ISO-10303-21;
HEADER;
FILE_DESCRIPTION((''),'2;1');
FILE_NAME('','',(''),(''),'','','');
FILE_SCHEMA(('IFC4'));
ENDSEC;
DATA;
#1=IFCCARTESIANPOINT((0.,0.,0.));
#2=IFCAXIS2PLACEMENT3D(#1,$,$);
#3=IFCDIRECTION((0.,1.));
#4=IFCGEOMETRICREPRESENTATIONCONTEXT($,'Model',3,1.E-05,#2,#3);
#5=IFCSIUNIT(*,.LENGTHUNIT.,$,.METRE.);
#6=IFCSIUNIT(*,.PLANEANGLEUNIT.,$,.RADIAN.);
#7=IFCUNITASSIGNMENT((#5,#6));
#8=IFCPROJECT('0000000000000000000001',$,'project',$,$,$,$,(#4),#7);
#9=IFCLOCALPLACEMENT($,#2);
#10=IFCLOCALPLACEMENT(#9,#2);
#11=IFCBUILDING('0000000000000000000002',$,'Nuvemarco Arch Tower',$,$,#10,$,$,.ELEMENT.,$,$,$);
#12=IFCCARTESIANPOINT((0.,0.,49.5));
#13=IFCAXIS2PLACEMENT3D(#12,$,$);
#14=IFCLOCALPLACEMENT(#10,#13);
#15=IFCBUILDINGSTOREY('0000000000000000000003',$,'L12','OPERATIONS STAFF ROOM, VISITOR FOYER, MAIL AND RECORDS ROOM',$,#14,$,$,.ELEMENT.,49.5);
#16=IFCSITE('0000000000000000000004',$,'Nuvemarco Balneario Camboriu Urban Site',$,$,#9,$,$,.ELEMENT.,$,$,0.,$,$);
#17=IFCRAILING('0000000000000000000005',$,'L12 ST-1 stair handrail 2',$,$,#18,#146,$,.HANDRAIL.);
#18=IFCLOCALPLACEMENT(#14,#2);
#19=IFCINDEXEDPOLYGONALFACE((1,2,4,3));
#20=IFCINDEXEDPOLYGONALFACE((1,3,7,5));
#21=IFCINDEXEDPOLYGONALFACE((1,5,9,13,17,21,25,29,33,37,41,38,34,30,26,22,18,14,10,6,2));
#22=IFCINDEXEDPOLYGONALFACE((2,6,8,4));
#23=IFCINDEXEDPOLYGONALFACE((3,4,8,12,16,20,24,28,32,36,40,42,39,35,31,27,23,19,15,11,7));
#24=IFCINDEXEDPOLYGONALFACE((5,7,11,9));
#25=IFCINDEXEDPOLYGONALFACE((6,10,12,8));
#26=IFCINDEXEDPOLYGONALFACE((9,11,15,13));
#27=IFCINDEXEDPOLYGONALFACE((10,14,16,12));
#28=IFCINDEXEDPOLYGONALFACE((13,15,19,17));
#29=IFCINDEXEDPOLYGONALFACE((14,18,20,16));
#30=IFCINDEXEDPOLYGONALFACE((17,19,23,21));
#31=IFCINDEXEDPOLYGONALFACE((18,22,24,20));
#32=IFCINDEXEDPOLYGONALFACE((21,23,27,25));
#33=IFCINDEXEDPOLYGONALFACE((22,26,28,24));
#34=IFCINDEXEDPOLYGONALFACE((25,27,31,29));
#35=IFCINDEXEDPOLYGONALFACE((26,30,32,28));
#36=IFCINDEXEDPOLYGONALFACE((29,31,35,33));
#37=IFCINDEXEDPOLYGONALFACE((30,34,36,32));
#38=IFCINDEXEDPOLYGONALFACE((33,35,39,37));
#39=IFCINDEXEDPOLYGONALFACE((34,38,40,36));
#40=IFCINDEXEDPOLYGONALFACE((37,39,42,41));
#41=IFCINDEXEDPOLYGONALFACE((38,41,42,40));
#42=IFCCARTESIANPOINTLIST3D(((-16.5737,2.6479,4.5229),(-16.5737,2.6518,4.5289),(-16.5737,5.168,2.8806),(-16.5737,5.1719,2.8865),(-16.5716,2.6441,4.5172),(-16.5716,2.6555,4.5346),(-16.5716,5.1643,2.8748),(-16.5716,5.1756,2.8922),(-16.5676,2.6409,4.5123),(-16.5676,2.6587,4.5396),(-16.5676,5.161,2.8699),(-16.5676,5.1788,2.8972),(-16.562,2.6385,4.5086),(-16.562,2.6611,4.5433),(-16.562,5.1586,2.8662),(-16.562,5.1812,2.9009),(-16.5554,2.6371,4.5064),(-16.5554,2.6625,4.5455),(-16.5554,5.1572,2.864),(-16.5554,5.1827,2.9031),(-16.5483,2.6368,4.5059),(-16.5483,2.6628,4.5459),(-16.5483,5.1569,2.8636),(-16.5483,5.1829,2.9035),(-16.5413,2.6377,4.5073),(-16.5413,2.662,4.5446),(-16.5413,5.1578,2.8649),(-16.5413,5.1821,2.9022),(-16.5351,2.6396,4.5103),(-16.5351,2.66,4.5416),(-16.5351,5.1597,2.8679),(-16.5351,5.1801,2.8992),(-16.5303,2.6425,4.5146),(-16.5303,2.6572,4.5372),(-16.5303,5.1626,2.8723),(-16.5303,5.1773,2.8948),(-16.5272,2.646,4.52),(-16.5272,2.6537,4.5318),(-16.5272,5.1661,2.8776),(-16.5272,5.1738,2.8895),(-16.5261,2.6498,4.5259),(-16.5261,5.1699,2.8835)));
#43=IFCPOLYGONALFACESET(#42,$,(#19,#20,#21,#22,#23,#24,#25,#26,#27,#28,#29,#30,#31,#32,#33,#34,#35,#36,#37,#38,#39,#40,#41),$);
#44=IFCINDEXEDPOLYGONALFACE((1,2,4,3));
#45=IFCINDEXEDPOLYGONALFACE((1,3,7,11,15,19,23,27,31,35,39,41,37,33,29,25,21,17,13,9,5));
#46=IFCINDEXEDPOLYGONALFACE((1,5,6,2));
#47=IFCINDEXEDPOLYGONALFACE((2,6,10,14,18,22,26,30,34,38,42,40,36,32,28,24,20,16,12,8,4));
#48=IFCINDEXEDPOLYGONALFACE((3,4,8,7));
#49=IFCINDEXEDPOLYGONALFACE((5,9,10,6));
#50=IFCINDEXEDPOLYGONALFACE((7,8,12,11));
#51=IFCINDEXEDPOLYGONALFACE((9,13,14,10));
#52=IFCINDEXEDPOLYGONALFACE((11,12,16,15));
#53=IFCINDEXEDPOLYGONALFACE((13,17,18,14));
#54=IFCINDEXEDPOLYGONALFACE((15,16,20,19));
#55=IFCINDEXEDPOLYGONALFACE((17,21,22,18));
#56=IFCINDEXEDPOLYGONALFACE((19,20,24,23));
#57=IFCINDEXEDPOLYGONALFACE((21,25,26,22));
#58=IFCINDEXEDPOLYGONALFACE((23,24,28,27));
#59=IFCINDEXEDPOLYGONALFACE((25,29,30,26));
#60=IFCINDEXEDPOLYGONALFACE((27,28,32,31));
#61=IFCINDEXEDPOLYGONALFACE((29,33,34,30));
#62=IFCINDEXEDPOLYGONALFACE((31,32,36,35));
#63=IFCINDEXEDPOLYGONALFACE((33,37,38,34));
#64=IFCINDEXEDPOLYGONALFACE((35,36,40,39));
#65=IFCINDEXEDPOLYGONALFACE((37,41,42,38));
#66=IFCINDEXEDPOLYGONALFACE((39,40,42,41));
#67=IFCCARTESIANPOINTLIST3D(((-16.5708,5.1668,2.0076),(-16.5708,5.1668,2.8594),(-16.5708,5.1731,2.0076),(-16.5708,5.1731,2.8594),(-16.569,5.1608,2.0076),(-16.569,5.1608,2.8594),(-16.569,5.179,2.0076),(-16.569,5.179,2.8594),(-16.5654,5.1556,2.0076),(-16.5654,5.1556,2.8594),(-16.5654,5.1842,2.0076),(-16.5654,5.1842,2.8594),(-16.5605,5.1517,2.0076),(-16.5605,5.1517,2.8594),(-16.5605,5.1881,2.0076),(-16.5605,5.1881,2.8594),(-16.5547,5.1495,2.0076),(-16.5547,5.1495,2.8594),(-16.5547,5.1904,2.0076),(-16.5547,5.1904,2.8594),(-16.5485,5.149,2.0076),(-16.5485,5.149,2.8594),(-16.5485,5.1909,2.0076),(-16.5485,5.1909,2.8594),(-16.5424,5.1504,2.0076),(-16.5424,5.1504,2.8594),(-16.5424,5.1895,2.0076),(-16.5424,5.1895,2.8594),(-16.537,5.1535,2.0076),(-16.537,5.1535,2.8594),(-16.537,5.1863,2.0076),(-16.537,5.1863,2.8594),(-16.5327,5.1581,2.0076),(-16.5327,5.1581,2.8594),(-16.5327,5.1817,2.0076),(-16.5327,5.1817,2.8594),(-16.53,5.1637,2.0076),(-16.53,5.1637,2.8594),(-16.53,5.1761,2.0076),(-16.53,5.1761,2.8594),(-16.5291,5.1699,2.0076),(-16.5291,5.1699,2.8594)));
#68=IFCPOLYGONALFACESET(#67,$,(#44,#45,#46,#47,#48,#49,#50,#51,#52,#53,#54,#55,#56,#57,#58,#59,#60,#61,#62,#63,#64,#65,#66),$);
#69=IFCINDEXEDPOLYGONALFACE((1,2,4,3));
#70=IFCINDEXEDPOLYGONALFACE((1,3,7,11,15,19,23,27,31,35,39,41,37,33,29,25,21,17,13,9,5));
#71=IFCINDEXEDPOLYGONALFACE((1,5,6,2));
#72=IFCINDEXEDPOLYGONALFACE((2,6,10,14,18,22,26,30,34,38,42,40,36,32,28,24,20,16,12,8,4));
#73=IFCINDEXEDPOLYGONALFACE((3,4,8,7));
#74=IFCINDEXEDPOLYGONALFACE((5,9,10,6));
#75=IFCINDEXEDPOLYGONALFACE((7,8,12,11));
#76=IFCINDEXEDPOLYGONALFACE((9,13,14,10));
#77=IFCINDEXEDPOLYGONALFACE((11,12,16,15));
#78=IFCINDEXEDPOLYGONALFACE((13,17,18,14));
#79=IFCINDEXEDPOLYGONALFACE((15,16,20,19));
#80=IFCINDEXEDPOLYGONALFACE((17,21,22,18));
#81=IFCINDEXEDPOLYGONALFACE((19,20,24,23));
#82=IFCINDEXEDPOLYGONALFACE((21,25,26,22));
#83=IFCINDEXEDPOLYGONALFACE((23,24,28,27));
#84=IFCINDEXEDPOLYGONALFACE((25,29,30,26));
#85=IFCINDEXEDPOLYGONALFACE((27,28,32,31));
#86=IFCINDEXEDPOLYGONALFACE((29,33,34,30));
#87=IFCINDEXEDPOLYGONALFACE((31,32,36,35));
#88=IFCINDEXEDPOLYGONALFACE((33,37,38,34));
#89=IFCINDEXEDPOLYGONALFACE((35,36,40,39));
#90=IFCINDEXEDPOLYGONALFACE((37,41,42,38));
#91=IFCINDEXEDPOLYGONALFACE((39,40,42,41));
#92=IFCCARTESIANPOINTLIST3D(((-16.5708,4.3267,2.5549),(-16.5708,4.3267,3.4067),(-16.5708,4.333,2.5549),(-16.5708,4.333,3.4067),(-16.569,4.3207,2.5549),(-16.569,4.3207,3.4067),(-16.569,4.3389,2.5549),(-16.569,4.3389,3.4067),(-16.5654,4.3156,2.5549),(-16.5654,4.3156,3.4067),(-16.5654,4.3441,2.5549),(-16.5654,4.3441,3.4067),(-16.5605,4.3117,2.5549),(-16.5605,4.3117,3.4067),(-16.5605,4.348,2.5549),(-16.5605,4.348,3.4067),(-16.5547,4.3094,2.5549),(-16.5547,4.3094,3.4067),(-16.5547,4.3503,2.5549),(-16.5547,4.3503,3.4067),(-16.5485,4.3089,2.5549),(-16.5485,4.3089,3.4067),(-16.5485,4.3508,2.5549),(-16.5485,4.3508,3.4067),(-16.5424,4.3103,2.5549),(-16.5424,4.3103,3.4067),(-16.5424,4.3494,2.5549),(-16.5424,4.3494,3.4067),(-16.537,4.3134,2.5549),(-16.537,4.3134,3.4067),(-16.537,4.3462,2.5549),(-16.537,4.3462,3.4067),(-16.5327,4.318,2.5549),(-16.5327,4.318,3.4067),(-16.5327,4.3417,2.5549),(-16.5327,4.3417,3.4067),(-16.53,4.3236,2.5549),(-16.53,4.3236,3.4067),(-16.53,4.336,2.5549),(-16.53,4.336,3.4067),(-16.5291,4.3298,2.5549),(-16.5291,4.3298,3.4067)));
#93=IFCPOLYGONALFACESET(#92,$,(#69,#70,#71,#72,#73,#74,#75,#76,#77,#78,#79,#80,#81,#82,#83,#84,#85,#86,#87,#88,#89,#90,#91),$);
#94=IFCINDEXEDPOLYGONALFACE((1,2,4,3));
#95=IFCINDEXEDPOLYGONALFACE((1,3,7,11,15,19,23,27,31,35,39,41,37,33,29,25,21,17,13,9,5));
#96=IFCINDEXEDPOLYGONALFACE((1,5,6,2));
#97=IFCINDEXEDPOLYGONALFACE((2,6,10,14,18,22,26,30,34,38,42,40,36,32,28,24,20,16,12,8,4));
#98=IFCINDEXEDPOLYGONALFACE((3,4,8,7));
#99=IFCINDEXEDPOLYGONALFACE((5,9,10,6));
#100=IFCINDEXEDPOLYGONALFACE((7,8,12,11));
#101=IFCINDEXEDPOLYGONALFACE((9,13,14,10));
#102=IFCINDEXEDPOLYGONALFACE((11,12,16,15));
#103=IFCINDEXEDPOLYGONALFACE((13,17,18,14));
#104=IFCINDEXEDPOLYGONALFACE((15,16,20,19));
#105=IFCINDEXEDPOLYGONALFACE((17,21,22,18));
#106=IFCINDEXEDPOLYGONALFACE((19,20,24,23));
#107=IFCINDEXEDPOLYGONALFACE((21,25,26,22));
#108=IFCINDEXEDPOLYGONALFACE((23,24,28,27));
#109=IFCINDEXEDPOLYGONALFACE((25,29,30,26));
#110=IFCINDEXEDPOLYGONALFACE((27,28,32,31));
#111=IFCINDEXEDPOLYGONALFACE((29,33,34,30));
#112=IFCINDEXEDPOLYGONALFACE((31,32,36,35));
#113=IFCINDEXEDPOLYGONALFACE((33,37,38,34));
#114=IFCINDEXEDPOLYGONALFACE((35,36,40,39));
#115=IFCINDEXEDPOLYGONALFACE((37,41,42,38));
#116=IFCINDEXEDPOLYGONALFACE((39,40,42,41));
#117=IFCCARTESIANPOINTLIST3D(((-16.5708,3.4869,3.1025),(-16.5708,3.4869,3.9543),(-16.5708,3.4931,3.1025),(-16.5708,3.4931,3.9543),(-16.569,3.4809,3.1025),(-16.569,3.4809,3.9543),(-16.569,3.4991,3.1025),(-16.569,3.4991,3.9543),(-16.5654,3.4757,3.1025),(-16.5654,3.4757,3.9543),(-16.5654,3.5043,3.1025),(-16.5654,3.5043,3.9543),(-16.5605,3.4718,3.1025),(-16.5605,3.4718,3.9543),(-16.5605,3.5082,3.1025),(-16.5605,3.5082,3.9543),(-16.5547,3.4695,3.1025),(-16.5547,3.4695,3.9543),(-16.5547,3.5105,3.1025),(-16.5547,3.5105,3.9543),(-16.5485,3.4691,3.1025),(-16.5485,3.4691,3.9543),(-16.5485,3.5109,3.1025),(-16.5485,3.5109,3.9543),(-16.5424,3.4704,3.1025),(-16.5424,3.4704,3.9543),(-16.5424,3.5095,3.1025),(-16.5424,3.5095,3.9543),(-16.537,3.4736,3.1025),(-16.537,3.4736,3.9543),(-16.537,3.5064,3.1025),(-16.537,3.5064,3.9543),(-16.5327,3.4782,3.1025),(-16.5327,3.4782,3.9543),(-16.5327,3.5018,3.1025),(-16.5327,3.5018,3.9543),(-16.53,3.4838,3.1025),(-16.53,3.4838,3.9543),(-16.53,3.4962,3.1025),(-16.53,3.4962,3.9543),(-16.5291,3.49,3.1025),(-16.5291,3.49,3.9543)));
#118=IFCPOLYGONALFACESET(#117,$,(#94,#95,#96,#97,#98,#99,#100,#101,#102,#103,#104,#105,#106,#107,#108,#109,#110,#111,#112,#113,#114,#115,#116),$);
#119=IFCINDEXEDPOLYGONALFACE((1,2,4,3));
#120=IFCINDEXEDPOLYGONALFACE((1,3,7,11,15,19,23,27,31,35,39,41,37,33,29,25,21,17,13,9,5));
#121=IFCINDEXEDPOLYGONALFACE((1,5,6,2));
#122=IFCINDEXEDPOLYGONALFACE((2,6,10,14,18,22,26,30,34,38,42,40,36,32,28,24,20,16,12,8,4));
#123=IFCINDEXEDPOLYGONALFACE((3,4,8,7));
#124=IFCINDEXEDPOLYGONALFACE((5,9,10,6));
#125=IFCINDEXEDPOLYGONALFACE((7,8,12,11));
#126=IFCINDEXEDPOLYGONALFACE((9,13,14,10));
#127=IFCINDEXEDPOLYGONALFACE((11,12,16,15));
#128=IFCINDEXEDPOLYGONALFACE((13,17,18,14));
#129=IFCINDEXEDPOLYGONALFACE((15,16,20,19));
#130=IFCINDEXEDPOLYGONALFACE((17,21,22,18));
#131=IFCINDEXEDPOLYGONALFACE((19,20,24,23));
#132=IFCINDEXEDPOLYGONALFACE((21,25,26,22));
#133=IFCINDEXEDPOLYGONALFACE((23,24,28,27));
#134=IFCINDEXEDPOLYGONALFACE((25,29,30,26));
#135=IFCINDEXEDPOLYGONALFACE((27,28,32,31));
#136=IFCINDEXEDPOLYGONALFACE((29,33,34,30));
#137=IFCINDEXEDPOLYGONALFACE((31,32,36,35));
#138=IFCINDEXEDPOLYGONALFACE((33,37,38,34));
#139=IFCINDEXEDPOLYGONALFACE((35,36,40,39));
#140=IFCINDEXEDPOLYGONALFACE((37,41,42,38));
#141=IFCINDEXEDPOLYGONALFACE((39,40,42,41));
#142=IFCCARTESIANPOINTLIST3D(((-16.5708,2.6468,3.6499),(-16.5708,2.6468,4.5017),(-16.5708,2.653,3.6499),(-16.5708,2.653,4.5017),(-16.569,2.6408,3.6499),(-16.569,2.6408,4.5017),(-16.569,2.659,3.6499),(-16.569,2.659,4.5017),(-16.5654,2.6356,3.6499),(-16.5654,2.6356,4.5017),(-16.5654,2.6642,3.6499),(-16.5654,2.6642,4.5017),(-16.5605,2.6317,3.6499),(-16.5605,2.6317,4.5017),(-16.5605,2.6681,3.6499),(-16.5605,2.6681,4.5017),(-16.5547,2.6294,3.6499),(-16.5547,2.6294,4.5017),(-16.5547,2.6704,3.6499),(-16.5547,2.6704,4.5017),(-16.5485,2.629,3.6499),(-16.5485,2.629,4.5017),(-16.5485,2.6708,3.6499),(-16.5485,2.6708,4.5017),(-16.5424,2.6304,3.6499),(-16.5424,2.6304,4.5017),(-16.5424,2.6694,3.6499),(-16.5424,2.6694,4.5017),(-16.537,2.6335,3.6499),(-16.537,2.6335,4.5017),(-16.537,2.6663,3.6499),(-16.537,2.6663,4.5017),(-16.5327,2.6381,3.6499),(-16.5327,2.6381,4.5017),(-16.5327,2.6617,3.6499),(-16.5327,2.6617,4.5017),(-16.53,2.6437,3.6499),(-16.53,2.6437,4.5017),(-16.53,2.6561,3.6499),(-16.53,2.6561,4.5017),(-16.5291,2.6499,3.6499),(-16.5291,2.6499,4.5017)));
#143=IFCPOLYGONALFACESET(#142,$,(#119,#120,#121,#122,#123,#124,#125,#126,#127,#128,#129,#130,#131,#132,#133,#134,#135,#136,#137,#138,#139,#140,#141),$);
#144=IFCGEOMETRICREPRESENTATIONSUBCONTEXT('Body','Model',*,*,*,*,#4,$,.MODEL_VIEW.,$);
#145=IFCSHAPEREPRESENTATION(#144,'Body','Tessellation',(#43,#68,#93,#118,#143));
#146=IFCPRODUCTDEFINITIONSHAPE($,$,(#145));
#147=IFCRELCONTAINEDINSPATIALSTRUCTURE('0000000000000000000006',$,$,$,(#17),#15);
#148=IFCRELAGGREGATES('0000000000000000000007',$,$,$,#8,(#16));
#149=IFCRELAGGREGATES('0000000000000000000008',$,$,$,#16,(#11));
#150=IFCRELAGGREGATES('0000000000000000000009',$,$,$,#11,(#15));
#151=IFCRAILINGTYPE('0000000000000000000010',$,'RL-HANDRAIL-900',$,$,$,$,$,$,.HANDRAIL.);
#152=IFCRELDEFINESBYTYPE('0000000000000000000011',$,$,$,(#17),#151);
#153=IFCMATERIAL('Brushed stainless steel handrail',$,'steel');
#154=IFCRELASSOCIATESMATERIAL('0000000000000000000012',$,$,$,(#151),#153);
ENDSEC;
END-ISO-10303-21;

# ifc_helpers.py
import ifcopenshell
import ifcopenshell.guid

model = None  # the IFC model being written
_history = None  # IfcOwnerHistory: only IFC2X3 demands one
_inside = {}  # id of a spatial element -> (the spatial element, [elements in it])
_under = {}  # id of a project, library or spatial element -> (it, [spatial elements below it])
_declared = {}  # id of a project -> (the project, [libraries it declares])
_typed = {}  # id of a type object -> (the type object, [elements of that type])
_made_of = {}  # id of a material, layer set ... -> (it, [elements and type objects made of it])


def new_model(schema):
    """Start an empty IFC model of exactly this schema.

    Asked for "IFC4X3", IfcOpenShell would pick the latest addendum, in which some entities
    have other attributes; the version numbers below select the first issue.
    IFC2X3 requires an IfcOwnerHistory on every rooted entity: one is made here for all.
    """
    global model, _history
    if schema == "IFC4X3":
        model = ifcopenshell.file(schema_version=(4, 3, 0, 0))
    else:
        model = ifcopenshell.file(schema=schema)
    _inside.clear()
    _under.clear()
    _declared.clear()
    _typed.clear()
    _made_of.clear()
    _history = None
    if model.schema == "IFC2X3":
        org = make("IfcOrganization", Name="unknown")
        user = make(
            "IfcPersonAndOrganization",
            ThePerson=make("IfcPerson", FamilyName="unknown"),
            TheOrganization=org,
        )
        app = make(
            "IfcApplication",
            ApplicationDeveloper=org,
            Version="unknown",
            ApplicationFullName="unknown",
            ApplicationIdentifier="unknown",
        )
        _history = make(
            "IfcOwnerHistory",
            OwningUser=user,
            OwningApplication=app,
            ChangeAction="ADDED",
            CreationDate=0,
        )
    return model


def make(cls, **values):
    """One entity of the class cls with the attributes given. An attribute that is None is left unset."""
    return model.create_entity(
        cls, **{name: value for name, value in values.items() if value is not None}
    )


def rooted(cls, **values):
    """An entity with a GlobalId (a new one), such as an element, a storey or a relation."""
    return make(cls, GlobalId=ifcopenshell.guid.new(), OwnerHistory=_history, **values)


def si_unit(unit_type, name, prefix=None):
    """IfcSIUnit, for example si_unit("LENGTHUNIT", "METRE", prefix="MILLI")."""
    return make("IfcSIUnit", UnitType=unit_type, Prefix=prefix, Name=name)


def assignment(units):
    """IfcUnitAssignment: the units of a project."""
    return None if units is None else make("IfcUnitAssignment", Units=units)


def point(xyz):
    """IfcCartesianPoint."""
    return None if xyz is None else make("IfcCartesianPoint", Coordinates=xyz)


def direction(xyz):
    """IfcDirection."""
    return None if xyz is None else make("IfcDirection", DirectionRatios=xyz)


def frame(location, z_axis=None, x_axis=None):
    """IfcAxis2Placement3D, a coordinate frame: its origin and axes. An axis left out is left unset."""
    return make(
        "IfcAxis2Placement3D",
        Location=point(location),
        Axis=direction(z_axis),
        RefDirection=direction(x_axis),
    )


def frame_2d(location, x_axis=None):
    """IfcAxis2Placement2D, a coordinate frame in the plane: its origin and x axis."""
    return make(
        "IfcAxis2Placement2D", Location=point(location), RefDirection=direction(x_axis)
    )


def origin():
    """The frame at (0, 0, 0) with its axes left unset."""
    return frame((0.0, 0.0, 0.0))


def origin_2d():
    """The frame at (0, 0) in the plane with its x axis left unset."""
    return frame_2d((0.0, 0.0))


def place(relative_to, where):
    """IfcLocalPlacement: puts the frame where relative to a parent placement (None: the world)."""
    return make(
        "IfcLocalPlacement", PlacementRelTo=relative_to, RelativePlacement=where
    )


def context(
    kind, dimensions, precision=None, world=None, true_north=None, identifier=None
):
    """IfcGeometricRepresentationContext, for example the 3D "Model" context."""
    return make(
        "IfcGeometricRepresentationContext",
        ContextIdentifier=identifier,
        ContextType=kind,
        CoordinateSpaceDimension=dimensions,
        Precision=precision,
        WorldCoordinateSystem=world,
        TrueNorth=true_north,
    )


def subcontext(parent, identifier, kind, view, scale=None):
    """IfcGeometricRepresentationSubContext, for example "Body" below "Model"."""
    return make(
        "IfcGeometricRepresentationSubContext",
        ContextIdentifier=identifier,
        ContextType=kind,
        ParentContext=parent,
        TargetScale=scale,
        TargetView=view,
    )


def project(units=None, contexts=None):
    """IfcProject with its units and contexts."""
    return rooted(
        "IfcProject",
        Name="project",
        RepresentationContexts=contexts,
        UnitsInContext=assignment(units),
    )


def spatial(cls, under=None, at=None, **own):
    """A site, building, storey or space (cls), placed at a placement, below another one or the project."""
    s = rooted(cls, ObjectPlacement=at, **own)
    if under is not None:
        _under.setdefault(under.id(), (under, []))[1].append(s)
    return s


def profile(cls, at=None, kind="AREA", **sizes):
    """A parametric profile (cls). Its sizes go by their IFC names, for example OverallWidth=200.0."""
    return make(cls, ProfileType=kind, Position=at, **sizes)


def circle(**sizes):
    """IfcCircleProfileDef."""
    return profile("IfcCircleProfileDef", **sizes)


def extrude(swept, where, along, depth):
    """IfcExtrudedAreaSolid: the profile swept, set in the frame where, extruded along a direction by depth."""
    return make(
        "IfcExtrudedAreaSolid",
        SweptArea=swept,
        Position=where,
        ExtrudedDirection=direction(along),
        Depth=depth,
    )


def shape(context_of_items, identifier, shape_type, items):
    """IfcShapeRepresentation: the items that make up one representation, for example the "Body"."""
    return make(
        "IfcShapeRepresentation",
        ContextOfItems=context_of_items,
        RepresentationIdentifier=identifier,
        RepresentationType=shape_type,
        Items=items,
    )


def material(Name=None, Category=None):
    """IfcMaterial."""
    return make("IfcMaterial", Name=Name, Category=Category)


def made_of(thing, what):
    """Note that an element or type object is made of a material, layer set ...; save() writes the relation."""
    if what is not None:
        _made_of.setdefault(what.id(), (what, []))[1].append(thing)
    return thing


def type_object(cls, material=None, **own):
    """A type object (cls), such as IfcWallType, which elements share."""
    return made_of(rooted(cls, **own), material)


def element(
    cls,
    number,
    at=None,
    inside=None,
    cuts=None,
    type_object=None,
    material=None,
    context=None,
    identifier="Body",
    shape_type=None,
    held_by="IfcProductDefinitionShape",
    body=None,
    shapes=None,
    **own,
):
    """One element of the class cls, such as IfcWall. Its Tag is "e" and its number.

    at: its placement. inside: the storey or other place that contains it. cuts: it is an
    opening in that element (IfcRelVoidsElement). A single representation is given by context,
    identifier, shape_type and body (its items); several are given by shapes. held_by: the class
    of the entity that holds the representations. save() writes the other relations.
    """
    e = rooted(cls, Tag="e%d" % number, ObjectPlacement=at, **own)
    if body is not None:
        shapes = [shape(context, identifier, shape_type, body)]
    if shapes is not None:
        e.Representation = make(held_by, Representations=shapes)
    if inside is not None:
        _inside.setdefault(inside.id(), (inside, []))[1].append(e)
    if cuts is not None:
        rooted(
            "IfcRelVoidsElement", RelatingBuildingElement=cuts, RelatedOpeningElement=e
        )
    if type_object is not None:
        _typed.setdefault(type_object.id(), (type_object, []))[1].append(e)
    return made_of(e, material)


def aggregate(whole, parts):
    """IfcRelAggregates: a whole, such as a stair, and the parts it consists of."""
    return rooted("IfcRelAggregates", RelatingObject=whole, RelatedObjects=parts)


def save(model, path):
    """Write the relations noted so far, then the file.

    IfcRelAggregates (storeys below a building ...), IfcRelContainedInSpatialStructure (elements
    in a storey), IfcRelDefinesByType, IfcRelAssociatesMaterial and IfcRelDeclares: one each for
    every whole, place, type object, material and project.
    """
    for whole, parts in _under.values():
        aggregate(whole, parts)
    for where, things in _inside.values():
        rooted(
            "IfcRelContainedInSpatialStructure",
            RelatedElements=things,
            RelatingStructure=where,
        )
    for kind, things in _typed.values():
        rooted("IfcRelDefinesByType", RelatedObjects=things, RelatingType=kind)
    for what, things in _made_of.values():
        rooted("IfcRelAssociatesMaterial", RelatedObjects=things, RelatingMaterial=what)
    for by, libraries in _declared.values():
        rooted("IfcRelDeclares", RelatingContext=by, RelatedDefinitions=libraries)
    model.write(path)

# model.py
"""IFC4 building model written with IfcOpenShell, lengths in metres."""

from ifc_helpers import new_model, si_unit, direction, frame, origin, origin_2d, place, context, subcontext, project, spatial, circle, extrude, material, type_object, element, save


model = new_model("IFC4")

# Units and contexts
model_context = context("Model", 3, precision=1e-05, world=origin(), true_north=direction((0.0, 1.0)))
body_context = subcontext(model_context, "Body", "Model", "MODEL_VIEW")
ifc_project = project(units=[si_unit("LENGTHUNIT", "METRE"), si_unit("PLANEANGLEUNIT", "RADIAN")], contexts=[model_context])

# Site, building, storey
site_placement = place(None, origin())
site = spatial("IfcSite", under=ifc_project, at=site_placement, Name="Nuvemarco Balneario Camboriu Urban Site", CompositionType="ELEMENT", RefElevation=0.0)
building_placement = place(site_placement, origin())
building = spatial("IfcBuilding", under=site, at=building_placement, Name="Nuvemarco Arch Tower", CompositionType="ELEMENT")
storey_placement = place(building_placement, frame((0.0, 0.0, 49.5)))
storey = spatial("IfcBuildingStorey", under=building, at=storey_placement, Name="L12", Description="OPERATIONS STAFF ROOM, VISITOR FOYER, MAIL AND RECORDS ROOM", CompositionType="ELEMENT", Elevation=49.5)

# Railing
ifc_material_1 = material(Name="Brushed stainless steel handrail", Category="steel")
railing_type_1 = type_object("IfcRailingType", Name="RL-HANDRAIL-900", PredefinedType="HANDRAIL", material=ifc_material_1)
railing_1_placement = place(storey_placement, frame((-16.55, 5.1699, 2.0076)))
element("IfcRailing", 1, at=railing_1_placement, inside=storey, type_object=railing_type_1, Name="L12 ST-1 stair handrail 2", PredefinedType="HANDRAIL", context=body_context, shape_type="SweptSolid", body=[
    extrude(circle(Radius=0.0239, at=origin_2d()), frame((0.0, 0.0, 0.876), z_axis=(0.0, -0.837787, 0.545998), x_axis=(1.0, 0.0, 0.0)), (0.0, 0.0, 1.0), 3.0081),
    extrude(circle(Radius=0.021, at=origin_2d()), origin(), (0.0, 0.0, 1.0), 0.8518),
    extrude(circle(Radius=0.021, at=origin_2d()), frame((0.0, -0.8401, 0.5474)), (0.0, 0.0, 1.0), 0.8518),
    extrude(circle(Radius=0.021, at=origin_2d()), frame((0.0, -1.6799, 1.095)), (0.0, 0.0, 1.0), 0.8518),
    extrude(circle(Radius=0.021, at=origin_2d()), frame((0.0, -2.52, 1.6423)), (0.0, 0.0, 1.0), 0.8518),
])

save(model, "model.ifc")
